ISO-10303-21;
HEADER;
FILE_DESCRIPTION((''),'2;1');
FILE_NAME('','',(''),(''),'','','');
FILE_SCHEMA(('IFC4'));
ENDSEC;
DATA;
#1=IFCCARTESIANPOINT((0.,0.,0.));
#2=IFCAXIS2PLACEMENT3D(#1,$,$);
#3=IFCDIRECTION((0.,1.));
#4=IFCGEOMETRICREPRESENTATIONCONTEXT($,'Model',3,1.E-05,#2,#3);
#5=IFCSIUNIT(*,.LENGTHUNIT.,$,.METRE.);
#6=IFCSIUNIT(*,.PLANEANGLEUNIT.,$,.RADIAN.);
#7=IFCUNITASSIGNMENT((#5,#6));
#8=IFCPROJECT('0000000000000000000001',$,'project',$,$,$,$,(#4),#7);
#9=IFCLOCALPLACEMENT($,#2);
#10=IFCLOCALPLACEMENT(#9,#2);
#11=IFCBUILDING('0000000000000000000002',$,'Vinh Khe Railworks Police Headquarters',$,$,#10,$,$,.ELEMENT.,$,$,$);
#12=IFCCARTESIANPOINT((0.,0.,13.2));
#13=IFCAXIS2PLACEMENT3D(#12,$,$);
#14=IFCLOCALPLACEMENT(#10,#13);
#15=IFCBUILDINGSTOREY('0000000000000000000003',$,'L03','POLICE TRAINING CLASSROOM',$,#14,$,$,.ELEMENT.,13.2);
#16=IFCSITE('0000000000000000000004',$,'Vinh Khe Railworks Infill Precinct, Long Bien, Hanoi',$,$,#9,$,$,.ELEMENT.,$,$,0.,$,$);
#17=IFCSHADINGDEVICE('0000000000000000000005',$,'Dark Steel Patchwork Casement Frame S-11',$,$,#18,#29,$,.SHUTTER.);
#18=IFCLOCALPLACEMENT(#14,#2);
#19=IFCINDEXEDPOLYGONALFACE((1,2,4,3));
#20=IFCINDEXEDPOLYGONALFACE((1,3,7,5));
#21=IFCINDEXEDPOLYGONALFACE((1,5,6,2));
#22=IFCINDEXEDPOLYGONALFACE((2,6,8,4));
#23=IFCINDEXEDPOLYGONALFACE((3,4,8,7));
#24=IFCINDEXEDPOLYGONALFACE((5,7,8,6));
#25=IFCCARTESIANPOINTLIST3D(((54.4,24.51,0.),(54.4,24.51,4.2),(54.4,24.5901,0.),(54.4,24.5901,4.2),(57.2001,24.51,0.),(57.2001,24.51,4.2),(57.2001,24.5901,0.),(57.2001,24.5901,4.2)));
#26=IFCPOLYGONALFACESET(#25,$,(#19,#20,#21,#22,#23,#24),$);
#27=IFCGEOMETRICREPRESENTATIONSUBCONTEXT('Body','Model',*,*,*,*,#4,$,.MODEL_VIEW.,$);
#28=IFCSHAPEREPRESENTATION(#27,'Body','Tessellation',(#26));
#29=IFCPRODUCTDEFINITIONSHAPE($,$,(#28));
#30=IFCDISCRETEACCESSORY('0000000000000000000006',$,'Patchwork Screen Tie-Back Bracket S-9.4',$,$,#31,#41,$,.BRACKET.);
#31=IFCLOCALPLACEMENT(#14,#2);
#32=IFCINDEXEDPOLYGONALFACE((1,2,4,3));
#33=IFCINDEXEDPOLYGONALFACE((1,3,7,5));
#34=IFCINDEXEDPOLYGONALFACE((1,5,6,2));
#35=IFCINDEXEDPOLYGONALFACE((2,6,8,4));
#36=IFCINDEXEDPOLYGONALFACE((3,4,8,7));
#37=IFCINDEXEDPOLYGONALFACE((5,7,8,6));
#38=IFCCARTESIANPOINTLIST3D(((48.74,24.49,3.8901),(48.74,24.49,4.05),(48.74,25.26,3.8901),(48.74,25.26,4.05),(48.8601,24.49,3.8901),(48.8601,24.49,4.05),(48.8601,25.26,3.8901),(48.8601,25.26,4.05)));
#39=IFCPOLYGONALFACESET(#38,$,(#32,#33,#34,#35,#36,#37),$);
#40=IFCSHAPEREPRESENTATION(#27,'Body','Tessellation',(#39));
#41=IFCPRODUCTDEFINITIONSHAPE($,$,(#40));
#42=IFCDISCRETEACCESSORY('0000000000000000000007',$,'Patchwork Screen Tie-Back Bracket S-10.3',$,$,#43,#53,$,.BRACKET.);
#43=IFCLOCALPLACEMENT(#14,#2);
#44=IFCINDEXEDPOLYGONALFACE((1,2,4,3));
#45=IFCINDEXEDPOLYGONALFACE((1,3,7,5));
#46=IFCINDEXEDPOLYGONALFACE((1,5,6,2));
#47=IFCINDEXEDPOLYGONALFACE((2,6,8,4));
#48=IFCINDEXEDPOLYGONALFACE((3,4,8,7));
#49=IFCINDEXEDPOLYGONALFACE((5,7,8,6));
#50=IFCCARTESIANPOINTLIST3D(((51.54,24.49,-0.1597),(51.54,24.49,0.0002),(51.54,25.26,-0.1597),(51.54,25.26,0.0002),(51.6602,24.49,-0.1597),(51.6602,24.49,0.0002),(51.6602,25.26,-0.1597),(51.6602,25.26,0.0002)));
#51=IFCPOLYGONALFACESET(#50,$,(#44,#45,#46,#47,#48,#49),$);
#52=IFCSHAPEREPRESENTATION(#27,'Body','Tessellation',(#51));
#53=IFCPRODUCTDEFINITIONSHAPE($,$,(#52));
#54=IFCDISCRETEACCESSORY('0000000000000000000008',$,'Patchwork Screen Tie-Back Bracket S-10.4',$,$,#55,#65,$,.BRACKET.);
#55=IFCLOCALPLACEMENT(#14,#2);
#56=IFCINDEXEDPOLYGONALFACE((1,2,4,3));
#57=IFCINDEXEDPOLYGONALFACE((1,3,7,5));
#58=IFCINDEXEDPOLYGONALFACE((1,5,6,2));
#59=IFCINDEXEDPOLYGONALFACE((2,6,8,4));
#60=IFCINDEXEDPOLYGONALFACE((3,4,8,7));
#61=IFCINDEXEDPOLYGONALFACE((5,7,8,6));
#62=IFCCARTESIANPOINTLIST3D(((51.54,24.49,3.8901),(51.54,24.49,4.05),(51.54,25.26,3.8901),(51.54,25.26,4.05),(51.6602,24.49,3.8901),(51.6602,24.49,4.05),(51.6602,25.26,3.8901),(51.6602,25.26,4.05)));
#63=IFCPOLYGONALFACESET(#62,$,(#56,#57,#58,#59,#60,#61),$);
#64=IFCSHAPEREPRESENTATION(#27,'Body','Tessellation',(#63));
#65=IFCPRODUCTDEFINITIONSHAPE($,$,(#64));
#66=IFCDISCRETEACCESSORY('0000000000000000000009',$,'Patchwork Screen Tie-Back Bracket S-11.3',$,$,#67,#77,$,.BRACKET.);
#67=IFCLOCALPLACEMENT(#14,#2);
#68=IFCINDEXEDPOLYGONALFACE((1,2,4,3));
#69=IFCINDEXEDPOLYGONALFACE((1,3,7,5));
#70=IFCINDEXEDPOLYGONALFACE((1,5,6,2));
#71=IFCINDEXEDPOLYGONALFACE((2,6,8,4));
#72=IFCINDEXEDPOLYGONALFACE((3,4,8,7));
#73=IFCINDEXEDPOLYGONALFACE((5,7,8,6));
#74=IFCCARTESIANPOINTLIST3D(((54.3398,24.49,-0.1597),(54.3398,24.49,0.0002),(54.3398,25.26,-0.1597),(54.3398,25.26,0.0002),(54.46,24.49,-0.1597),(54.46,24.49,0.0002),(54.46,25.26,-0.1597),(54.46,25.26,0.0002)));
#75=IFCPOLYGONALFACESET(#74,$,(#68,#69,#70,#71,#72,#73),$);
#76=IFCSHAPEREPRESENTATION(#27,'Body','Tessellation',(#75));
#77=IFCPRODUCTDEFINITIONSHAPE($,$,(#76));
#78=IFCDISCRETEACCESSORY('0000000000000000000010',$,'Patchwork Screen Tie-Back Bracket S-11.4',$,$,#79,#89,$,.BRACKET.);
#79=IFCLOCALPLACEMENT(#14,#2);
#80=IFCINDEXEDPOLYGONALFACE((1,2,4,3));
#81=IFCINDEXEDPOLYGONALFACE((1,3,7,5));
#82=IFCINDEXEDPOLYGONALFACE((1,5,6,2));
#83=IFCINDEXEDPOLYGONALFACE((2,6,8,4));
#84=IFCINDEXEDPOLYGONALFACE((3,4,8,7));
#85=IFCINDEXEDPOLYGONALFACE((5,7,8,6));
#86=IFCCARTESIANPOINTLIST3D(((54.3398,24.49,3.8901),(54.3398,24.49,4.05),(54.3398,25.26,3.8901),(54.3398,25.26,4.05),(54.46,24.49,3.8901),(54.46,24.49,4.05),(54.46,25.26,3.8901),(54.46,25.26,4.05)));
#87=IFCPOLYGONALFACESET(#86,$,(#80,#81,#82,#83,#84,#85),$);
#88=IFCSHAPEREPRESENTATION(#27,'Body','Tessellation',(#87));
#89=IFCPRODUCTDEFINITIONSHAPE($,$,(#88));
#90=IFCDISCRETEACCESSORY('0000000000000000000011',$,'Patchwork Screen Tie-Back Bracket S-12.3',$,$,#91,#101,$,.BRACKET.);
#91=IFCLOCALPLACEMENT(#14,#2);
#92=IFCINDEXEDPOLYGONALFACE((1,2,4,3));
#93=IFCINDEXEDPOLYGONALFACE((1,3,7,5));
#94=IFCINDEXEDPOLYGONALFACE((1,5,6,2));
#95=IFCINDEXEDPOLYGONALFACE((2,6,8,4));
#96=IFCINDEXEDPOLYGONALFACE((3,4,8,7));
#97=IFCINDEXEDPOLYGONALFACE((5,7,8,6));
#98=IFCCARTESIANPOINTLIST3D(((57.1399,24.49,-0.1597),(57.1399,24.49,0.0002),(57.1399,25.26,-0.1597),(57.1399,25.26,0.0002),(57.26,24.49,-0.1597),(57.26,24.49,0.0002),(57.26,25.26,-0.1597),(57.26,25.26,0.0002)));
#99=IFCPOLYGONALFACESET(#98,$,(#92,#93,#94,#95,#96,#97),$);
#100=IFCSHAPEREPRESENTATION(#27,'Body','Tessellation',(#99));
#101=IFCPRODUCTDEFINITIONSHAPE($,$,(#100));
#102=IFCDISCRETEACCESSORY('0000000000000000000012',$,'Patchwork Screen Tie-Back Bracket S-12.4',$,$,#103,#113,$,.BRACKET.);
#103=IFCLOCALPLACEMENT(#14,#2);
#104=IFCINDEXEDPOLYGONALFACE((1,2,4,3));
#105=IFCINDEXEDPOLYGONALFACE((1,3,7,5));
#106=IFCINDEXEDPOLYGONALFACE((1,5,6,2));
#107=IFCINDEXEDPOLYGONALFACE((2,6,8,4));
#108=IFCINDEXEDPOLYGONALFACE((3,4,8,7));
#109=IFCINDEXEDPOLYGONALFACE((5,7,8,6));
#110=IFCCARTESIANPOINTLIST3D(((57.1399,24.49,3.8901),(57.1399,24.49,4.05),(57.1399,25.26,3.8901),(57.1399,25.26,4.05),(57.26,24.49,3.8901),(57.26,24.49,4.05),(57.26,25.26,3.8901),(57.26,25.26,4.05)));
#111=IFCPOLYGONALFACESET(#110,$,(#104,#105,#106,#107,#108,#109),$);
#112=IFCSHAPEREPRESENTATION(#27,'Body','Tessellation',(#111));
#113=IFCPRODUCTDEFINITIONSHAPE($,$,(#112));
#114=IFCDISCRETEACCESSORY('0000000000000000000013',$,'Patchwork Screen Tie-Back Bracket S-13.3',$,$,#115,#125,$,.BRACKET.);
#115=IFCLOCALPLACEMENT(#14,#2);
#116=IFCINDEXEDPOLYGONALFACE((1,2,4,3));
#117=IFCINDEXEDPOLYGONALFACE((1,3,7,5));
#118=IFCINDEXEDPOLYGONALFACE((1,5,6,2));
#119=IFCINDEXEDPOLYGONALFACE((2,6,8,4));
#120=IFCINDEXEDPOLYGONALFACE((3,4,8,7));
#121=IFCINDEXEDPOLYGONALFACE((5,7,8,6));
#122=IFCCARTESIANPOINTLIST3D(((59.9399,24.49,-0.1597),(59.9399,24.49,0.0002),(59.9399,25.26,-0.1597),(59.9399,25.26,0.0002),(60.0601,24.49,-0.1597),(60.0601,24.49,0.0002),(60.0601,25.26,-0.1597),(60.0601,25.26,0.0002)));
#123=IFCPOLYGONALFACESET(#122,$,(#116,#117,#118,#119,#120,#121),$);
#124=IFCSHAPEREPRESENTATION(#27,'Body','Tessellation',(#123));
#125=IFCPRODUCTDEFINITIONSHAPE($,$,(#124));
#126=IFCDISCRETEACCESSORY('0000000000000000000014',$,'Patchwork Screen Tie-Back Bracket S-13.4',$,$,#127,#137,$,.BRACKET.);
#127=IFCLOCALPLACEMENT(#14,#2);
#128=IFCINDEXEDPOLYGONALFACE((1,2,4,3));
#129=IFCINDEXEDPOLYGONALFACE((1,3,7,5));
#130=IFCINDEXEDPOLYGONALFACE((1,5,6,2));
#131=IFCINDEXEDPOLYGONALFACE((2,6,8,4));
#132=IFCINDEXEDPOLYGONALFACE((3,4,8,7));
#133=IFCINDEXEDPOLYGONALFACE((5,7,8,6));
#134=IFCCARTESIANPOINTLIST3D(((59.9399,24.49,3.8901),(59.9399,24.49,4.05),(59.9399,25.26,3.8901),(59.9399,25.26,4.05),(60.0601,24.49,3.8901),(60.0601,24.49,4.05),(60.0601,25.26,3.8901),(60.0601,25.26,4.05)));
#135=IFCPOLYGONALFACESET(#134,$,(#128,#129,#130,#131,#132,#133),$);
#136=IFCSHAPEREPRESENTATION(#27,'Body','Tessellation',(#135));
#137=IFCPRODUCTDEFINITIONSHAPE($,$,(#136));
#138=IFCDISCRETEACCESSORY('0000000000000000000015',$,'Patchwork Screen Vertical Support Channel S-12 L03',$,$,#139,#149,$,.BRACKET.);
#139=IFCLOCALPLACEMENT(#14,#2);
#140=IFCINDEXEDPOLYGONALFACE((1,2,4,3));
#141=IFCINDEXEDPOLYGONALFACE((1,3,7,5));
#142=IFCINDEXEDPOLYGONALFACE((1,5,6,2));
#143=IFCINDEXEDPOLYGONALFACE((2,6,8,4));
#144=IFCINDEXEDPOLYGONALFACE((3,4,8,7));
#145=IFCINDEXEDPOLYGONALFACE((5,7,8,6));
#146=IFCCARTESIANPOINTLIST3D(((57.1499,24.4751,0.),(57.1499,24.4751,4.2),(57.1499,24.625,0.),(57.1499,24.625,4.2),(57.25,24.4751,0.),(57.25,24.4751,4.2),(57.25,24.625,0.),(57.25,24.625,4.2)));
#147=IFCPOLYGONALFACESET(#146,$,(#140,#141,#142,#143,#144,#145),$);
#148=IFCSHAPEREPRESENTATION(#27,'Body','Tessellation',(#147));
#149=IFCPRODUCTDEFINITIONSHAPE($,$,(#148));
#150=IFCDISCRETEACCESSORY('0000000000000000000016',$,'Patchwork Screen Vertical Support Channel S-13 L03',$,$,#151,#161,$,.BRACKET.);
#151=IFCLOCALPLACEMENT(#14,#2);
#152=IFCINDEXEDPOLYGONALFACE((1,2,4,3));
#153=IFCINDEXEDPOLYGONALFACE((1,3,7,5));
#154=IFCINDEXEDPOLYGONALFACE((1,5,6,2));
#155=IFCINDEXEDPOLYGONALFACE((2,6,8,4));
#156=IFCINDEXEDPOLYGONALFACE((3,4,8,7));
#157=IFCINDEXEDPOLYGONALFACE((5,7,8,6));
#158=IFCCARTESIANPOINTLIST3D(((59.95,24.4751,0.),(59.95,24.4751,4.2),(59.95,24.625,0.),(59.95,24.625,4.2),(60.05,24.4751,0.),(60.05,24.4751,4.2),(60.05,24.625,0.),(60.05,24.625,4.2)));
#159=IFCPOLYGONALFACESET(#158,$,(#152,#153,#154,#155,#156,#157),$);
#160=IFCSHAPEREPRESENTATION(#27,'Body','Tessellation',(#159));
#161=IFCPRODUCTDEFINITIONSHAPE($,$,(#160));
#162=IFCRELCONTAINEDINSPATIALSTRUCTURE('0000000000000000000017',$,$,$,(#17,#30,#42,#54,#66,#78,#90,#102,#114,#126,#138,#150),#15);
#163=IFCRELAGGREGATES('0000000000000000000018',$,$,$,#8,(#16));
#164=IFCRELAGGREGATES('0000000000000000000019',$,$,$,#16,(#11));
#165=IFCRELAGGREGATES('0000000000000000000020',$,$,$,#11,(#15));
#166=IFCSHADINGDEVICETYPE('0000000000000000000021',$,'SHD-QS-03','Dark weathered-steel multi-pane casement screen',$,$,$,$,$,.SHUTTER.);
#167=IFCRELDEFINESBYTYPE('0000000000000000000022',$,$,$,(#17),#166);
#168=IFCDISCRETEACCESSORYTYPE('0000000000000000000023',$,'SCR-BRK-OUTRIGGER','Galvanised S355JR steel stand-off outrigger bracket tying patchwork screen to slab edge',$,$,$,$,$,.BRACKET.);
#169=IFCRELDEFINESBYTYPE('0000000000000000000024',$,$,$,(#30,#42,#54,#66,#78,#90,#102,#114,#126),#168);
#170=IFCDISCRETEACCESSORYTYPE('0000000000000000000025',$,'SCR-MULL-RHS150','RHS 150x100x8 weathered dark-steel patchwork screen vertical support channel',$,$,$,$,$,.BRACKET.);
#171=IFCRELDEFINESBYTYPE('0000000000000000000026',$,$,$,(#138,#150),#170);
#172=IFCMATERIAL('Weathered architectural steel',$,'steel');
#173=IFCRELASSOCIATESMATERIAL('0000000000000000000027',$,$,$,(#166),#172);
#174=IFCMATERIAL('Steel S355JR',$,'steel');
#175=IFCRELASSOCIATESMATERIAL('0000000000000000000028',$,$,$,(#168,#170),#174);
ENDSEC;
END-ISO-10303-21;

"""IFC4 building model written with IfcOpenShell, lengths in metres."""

from ifc_helpers import new_model, si_unit, direction, frame, origin, origin_2d, place, context, subcontext, project, spatial, rectangle, extrude, material, type_object, element, save


model = new_model("IFC4")

# Units and contexts
model_context = context("Model", 3, precision=1e-05, world=origin(), true_north=direction((0.0, 1.0)))
body_context = subcontext(model_context, "Body", "Model", "MODEL_VIEW")
ifc_project = project(units=[si_unit("LENGTHUNIT", "METRE"), si_unit("PLANEANGLEUNIT", "RADIAN")], contexts=[model_context])

# Site, building, storey
site_placement = place(None, origin())
site = spatial("IfcSite", under=ifc_project, at=site_placement, Name="Vinh Khe Railworks Infill Precinct, Long Bien, Hanoi", CompositionType="ELEMENT", RefElevation=0.0)
building_placement = place(site_placement, origin())
building = spatial("IfcBuilding", under=site, at=building_placement, Name="Vinh Khe Railworks Police Headquarters", CompositionType="ELEMENT")
storey_placement = place(building_placement, frame((0.0, 0.0, 13.2)))
storey = spatial("IfcBuildingStorey", under=building, at=storey_placement, Name="L03", Description="POLICE TRAINING CLASSROOM", CompositionType="ELEMENT", Elevation=13.2)

# Shared definitions
ifc_material_1 = material(Name="Steel S355JR", Category="steel")

# Shading device
ifc_material_2 = material(Name="Weathered architectural steel", Category="steel")
shading_device_type_1 = type_object("IfcShadingDeviceType", Name="SHD-QS-03", Description="Dark weathered-steel multi-pane casement screen", PredefinedType="SHUTTER", material=ifc_material_2)
shading_device_1_placement = place(storey_placement, frame((55.8, 24.55, 0.0), z_axis=(0.0, 0.0, 1.0), x_axis=(1.0, 0.0, 0.0)))
element("IfcShadingDevice", 1, at=shading_device_1_placement, inside=storey, type_object=shading_device_type_1, Name="Dark Steel Patchwork Casement Frame S-11", PredefinedType="SHUTTER", context=body_context, shape_type="SweptSolid", body=[
    extrude(rectangle(XDim=2.8, YDim=0.0801, at=origin_2d()), origin(), (0.0, 0.0, 1.0), 4.2),
])

# Discrete accessories
discrete_accessory_type_1 = type_object("IfcDiscreteAccessoryType", Name="SCR-BRK-OUTRIGGER", Description="Galvanised S355JR steel stand-off outrigger bracket tying patchwork screen to slab edge", PredefinedType="BRACKET", material=ifc_material_1)
for number, where, z_axis, x_axis, name in (
    (2, (48.8, 24.875, 3.8901), (0.0, 0.0, 1.0), (1.0, 0.0, 0.0), "Patchwork Screen Tie-Back Bracket S-9.4"),
    (3, (51.6001, 24.875, -0.1597), (0.0, 0.0, 1.0), (1.0, 0.0, 0.0), "Patchwork Screen Tie-Back Bracket S-10.3"),
    (4, (51.6001, 24.875, 3.8901), (0.0, 0.0, 1.0), (1.0, 0.0, 0.0), "Patchwork Screen Tie-Back Bracket S-10.4"),
    (5, (54.3999, 24.875, -0.1597), (0.0, 0.0, 1.0), (1.0, 0.0, 0.0), "Patchwork Screen Tie-Back Bracket S-11.3"),
    (6, (54.3999, 24.875, 3.8901), (0.0, 0.0, 1.0), (1.0, 0.0, 0.0), "Patchwork Screen Tie-Back Bracket S-11.4"),
    (7, (57.2, 24.875, -0.1597), (0.0, 0.0, 1.0), (1.0, 0.0, 0.0), "Patchwork Screen Tie-Back Bracket S-12.3"),
    (8, (57.2, 24.875, 3.8901), (0.0, 0.0, 1.0), (1.0, 0.0, 0.0), "Patchwork Screen Tie-Back Bracket S-12.4"),
    (9, (60.0, 24.875, -0.1597), (0.0, 0.0, 1.0), (1.0, 0.0, 0.0), "Patchwork Screen Tie-Back Bracket S-13.3"),
    (10, (60.0, 24.875, 3.8901), (0.0, 0.0, 1.0), (1.0, 0.0, 0.0), "Patchwork Screen Tie-Back Bracket S-13.4"),
):
    element("IfcDiscreteAccessory", number, at=place(storey_placement, frame(where, z_axis=z_axis, x_axis=x_axis)), inside=storey, type_object=discrete_accessory_type_1, Name=name, PredefinedType="BRACKET", context=body_context, shape_type="SweptSolid", body=[
        extrude(rectangle(XDim=0.1201, YDim=0.77, at=origin_2d()), origin(), (0.0, 0.0, 1.0), 0.1599),
    ])
discrete_accessory_type_2 = type_object("IfcDiscreteAccessoryType", Name="SCR-MULL-RHS150", Description="RHS 150x100x8 weathered dark-steel patchwork screen vertical support channel", PredefinedType="BRACKET", material=ifc_material_1)
for number, where, z_axis, x_axis, name in (
    (11, (57.2, 24.55, 0.0), (0.0, 0.0, 1.0), (1.0, 0.0, 0.0), "Patchwork Screen Vertical Support Channel S-12 L03"),
    (12, (60.0, 24.55, 0.0), (0.0, 0.0, 1.0), (1.0, 0.0, 0.0), "Patchwork Screen Vertical Support Channel S-13 L03"),
):
    element("IfcDiscreteAccessory", number, at=place(storey_placement, frame(where, z_axis=z_axis, x_axis=x_axis)), inside=storey, type_object=discrete_accessory_type_2, Name=name, PredefinedType="BRACKET", context=body_context, shape_type="SweptSolid", body=[
        extrude(rectangle(XDim=0.1001, YDim=0.1499, at=origin_2d()), origin(), (0.0, 0.0, 1.0), 4.2),
    ])

save(model, "model.ifc")
